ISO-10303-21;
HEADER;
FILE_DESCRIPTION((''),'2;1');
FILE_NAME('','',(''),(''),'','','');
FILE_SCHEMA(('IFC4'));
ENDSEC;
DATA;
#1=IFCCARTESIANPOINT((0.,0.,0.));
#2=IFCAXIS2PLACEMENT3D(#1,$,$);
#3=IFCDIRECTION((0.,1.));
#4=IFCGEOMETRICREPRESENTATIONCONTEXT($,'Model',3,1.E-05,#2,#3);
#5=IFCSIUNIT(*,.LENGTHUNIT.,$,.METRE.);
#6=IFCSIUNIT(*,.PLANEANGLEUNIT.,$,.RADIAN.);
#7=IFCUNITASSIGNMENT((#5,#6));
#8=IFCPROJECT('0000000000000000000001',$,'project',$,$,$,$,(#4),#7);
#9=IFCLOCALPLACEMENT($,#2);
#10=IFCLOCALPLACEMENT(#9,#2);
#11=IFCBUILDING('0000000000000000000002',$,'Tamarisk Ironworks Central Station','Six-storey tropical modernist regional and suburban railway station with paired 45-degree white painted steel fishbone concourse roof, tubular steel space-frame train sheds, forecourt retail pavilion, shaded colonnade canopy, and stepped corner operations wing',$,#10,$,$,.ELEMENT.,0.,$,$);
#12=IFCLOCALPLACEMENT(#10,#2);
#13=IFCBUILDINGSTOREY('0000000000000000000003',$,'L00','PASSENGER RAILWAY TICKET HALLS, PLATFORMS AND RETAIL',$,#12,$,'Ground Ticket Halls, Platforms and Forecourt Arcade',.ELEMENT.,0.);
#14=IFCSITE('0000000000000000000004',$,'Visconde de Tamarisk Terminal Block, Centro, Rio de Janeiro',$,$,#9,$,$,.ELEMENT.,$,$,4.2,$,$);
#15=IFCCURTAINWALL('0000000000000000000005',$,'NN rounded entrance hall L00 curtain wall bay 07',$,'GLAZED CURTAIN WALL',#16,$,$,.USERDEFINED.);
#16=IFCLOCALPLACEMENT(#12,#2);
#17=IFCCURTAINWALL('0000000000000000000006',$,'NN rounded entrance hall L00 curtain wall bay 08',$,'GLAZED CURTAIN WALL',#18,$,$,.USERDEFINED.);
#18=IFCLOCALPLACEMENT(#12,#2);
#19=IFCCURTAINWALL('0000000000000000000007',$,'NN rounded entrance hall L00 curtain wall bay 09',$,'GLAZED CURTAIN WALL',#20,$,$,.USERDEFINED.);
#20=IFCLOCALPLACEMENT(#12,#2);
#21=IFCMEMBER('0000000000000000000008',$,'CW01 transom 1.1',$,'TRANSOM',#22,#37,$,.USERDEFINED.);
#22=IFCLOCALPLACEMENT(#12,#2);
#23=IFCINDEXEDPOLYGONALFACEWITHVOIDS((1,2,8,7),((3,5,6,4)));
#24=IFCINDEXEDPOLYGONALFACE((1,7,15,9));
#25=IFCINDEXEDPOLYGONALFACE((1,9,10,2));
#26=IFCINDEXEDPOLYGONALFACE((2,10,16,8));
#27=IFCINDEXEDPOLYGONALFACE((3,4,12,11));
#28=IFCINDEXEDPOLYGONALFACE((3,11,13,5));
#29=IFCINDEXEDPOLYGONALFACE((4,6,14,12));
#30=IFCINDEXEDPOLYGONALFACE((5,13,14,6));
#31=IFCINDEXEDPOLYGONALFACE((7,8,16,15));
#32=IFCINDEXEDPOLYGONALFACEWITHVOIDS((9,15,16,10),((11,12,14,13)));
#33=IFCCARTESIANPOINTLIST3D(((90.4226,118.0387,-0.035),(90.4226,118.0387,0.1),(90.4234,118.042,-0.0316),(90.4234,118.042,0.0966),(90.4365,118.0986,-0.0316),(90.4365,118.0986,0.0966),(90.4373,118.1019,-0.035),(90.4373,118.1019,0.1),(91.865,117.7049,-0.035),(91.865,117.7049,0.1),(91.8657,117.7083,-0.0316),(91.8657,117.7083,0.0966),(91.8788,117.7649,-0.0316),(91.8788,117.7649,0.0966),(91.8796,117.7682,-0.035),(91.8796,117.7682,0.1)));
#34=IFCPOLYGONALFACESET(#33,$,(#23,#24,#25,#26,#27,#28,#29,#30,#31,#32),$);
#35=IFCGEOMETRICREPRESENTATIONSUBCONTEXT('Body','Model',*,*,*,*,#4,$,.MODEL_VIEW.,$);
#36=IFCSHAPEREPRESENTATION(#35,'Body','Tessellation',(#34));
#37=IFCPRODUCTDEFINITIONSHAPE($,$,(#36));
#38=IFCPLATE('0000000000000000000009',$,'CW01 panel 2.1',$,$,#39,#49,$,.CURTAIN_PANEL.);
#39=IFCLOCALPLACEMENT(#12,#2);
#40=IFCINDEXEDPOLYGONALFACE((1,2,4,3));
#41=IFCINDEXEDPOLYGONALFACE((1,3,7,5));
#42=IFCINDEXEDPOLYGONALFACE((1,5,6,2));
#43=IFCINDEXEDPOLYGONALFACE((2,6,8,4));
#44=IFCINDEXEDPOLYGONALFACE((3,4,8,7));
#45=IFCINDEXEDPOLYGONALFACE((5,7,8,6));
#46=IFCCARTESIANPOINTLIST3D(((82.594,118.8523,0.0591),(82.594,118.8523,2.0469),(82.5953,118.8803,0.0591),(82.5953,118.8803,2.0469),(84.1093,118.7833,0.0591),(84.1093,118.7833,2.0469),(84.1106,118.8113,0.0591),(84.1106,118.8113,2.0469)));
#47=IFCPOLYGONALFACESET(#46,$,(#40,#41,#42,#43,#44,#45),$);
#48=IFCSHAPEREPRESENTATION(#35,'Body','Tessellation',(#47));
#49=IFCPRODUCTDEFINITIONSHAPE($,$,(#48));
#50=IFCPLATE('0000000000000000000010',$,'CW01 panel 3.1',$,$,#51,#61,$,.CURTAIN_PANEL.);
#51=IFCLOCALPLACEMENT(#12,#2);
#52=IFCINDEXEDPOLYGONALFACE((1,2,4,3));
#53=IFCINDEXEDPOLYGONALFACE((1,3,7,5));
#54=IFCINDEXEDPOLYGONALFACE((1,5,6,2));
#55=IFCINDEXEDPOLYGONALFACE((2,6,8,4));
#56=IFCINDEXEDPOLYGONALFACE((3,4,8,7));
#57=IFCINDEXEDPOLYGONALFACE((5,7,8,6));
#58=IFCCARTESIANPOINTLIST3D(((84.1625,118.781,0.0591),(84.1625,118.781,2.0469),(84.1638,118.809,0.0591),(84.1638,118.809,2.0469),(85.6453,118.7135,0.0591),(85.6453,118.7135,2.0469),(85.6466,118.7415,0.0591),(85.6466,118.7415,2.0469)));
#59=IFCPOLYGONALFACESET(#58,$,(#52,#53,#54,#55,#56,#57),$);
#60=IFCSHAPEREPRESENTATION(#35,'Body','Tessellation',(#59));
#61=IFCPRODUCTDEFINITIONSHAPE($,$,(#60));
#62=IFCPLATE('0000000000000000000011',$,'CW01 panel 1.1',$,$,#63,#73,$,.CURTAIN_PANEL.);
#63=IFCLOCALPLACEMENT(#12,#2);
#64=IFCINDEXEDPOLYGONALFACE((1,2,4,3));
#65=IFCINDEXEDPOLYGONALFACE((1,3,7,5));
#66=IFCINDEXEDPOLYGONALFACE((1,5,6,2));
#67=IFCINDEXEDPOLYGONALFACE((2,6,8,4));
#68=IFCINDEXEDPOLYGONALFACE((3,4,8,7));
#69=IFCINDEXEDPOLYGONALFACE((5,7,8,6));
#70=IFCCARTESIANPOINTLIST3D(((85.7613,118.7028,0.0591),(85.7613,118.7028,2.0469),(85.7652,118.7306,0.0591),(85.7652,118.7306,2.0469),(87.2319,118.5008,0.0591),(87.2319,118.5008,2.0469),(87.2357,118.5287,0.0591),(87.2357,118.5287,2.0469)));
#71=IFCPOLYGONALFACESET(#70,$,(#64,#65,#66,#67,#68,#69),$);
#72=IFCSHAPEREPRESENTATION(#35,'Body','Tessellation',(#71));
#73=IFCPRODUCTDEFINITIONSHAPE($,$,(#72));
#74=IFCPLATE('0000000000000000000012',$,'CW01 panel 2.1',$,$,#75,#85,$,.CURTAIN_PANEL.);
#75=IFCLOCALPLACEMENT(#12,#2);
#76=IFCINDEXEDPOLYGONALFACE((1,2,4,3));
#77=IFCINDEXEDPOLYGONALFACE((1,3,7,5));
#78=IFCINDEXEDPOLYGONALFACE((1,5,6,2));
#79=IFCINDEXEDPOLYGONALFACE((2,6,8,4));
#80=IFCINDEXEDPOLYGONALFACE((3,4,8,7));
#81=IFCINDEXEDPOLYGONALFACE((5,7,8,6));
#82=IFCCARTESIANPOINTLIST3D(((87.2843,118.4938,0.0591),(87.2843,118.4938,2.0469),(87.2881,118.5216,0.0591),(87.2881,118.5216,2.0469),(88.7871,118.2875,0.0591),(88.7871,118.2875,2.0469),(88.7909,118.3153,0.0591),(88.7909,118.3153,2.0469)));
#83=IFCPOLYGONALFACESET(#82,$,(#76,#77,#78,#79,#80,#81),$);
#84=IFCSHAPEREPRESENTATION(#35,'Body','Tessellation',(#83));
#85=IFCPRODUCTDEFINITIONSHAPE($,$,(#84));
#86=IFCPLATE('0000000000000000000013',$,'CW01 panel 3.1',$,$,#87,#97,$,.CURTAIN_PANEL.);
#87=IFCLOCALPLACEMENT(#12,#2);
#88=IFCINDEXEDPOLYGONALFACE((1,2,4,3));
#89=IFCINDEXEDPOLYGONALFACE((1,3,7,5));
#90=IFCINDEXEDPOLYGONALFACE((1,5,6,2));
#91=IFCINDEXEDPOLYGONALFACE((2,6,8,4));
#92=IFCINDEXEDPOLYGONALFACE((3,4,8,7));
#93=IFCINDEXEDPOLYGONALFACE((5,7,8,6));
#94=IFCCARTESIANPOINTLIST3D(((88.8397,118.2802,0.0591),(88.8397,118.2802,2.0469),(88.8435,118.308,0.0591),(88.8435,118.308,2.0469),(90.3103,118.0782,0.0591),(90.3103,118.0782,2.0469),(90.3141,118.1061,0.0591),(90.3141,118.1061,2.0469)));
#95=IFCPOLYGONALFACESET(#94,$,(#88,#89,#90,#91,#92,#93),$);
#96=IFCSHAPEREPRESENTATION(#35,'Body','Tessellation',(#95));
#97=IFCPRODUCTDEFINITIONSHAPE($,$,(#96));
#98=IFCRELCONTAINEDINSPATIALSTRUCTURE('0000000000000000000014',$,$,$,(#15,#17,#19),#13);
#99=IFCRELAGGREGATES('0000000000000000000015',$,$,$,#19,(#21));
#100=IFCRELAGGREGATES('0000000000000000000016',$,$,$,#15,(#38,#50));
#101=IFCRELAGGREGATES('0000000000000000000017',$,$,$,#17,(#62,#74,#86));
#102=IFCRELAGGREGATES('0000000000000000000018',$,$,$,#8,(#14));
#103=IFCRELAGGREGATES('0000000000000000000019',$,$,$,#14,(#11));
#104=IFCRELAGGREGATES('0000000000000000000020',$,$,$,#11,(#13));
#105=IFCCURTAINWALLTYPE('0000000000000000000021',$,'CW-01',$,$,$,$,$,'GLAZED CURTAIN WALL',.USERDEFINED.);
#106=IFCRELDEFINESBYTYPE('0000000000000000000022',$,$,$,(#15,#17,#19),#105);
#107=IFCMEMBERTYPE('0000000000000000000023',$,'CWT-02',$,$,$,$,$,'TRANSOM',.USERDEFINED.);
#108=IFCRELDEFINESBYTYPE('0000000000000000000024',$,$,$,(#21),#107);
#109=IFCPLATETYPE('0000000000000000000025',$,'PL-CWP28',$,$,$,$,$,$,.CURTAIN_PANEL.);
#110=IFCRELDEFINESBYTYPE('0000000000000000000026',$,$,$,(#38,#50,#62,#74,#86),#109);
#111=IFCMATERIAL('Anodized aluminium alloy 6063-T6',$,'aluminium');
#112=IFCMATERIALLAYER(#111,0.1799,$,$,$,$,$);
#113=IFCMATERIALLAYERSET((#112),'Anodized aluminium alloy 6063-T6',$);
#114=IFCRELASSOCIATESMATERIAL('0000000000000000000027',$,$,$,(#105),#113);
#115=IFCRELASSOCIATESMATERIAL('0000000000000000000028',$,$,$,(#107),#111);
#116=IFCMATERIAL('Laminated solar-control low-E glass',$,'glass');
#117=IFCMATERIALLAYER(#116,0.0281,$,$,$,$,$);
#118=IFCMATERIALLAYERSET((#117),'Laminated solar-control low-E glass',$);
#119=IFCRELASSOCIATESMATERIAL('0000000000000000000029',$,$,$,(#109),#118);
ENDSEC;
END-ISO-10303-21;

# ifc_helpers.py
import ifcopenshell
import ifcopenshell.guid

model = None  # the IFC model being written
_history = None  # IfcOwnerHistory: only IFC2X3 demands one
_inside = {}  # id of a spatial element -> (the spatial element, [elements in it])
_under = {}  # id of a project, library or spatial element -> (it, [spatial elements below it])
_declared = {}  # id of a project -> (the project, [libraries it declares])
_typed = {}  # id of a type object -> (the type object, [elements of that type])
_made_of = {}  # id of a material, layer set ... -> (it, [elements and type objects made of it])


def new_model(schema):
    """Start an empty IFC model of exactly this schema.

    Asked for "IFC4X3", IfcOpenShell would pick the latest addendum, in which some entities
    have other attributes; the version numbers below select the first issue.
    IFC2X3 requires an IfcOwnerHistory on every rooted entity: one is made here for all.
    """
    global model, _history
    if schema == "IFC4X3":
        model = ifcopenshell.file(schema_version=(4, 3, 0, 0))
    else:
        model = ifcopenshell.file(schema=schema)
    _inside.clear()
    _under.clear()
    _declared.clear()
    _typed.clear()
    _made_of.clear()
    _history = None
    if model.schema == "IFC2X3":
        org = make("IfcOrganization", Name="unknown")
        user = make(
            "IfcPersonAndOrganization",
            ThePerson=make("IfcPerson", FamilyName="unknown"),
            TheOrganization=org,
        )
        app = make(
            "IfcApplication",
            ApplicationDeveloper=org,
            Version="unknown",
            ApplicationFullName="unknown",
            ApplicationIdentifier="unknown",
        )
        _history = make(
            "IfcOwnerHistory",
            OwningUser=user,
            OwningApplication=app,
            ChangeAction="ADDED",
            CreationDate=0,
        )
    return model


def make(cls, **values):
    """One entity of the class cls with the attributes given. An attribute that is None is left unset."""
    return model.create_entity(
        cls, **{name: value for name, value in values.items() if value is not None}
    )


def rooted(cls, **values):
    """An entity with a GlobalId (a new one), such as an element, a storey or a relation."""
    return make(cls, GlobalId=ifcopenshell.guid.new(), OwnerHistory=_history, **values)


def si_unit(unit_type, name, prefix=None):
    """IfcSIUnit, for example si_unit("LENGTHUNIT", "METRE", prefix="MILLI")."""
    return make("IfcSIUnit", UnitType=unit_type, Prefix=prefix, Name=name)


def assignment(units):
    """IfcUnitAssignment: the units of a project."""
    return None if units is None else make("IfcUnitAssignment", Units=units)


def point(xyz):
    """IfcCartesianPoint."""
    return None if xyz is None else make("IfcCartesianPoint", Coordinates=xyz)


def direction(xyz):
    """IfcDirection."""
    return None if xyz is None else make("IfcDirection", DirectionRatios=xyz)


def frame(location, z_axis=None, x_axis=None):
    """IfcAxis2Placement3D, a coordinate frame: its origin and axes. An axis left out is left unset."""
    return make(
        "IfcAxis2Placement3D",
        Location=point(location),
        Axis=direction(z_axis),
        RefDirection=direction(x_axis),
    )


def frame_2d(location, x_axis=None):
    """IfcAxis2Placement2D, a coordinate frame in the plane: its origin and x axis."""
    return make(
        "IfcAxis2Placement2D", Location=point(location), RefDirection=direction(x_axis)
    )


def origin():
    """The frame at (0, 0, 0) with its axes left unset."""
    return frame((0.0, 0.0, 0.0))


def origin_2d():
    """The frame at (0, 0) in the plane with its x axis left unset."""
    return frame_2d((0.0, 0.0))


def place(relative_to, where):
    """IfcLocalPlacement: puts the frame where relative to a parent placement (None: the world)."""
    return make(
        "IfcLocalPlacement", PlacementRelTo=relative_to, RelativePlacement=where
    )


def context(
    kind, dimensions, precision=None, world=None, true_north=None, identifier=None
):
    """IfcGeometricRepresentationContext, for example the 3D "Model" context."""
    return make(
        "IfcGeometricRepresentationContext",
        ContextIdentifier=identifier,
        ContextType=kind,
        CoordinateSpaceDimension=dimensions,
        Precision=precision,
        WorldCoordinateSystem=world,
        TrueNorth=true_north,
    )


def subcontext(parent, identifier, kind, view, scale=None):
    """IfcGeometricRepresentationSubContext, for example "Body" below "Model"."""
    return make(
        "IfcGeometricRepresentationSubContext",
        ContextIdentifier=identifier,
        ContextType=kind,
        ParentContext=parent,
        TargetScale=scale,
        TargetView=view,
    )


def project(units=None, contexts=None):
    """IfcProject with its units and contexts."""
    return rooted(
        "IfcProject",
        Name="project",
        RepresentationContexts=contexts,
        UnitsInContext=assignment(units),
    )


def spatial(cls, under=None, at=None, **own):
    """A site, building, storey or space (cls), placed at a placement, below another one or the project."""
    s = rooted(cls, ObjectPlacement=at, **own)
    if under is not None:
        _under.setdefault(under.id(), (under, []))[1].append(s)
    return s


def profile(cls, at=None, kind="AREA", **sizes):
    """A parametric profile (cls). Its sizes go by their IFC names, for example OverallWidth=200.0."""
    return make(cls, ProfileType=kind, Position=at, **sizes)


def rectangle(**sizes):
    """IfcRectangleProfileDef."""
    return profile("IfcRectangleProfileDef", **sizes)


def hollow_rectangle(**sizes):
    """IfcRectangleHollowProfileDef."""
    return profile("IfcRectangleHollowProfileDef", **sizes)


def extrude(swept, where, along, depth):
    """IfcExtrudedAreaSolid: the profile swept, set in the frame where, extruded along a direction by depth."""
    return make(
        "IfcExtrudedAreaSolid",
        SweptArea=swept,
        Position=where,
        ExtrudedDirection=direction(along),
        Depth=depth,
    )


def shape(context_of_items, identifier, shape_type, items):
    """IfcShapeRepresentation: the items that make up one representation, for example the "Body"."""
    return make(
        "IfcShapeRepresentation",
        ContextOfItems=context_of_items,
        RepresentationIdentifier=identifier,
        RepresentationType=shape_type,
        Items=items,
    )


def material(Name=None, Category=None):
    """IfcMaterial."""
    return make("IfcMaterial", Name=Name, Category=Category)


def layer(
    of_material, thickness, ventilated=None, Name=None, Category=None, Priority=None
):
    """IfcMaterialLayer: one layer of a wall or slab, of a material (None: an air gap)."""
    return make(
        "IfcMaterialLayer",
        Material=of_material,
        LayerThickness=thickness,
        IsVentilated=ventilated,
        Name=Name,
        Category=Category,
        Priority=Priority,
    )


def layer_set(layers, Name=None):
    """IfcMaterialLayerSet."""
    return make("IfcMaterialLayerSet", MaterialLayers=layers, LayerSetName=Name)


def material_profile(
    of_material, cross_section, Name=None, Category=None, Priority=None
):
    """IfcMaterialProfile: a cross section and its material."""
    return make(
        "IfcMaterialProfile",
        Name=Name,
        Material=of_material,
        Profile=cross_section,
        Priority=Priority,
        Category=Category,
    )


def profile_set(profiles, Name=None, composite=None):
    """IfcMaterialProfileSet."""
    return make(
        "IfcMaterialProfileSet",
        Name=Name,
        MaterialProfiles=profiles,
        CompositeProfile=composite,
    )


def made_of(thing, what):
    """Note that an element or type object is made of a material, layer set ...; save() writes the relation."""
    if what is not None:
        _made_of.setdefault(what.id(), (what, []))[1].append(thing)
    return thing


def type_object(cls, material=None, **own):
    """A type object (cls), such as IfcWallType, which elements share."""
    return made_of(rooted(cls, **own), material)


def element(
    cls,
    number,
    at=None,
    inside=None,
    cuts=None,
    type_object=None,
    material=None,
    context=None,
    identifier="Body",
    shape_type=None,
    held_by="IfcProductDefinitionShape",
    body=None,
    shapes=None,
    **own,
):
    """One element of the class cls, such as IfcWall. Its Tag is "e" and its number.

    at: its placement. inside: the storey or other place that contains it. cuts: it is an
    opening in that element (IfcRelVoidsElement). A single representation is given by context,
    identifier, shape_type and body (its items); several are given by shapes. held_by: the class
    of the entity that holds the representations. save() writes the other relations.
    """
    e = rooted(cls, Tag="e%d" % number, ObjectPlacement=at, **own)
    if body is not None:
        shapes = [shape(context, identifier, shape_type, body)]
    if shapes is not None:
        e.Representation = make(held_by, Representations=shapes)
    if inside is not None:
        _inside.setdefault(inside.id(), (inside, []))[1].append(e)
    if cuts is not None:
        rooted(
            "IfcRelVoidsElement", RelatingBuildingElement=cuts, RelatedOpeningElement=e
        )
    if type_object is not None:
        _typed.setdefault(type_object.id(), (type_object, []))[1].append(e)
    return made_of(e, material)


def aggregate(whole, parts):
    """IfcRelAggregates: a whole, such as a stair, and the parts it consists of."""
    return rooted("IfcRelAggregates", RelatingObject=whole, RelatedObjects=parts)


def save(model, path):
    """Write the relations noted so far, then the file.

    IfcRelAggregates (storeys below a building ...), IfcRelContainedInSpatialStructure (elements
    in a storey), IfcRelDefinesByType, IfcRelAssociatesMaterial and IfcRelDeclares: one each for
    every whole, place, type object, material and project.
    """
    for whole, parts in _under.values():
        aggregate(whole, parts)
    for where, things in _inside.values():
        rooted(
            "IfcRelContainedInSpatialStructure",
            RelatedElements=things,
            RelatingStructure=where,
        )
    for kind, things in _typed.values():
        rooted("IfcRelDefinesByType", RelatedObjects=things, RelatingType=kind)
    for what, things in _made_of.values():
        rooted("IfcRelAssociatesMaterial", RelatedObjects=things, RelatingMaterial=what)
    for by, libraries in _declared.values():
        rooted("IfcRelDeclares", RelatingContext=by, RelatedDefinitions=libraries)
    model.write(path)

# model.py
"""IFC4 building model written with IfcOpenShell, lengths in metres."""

from ifc_helpers import new_model, si_unit, direction, frame, origin, origin_2d, place, context, subcontext, project, spatial, rectangle, hollow_rectangle, extrude, material, layer, layer_set, material_profile, profile_set, type_object, element, aggregate, save


model = new_model("IFC4")

# Units and contexts
model_context = context("Model", 3, precision=1e-05, world=origin(), true_north=direction((0.0, 1.0)))
body_context = subcontext(model_context, "Body", "Model", "MODEL_VIEW")
ifc_project = project(units=[si_unit("LENGTHUNIT", "METRE"), si_unit("PLANEANGLEUNIT", "RADIAN")], contexts=[model_context])

# Site, building, storey
site_placement = place(None, origin())
site = spatial("IfcSite", under=ifc_project, at=site_placement, Name="Visconde de Tamarisk Terminal Block, Centro, Rio de Janeiro", CompositionType="ELEMENT", RefElevation=4.2)
building_placement = place(site_placement, origin())
building = spatial("IfcBuilding", under=site, at=building_placement, Name="Tamarisk Ironworks Central Station", Description="Six-storey tropical modernist regional and suburban railway station with paired 45-degree white painted steel fishbone concourse roof, tubular steel space-frame train sheds, forecourt retail pavilion, shaded colonnade canopy, and stepped corner operations wing", CompositionType="ELEMENT", ElevationOfRefHeight=0.0)
storey_placement = place(building_placement, origin())
storey = spatial("IfcBuildingStorey", under=building, at=storey_placement, Name="L00", Description="PASSENGER RAILWAY TICKET HALLS, PLATFORMS AND RETAIL", LongName="Ground Ticket Halls, Platforms and Forecourt Arcade", CompositionType="ELEMENT", Elevation=0.0)

# Curtain walls
ifc_material_1 = material(Name="Anodized aluminium alloy 6063-T6", Category="aluminium")
ifc_layer_1 = layer(ifc_material_1, 0.1799)
ifc_layer_set_1 = layer_set([ifc_layer_1], Name="Anodized aluminium alloy 6063-T6")
curtain_wall_type = type_object("IfcCurtainWallType", Name="CW-01", ElementType="GLAZED CURTAIN WALL", PredefinedType="USERDEFINED", material=ifc_layer_set_1)
curtain_wall_1_placement = place(storey_placement, origin())
curtain_wall_1 = element("IfcCurtainWall", 1, at=curtain_wall_1_placement, inside=storey, type_object=curtain_wall_type, Name="NN rounded entrance hall L00 curtain wall bay 07", ObjectType="GLAZED CURTAIN WALL", PredefinedType="USERDEFINED")
curtain_wall_2_placement = place(storey_placement, origin())
curtain_wall_2 = element("IfcCurtainWall", 2, at=curtain_wall_2_placement, inside=storey, type_object=curtain_wall_type, Name="NN rounded entrance hall L00 curtain wall bay 08", ObjectType="GLAZED CURTAIN WALL", PredefinedType="USERDEFINED")

# Curtain wall
curtain_wall_3_placement = place(storey_placement, origin())
curtain_wall_3 = element("IfcCurtainWall", 3, at=curtain_wall_3_placement, inside=storey, type_object=curtain_wall_type, Name="NN rounded entrance hall L00 curtain wall bay 09", ObjectType="GLAZED CURTAIN WALL", PredefinedType="USERDEFINED")

# Member
ifc_material_profile_1 = material_profile(ifc_material_1, hollow_rectangle(XDim=0.0649, YDim=0.135, WallThickness=0.0034, at=origin_2d()), Name="ALUM 135x65")
ifc_profile_set_1 = profile_set([ifc_material_profile_1], Name="Anodized aluminium alloy 6063-T6")
member_type_1 = type_object("IfcMemberType", Name="CWT-02", ElementType="TRANSOM", PredefinedType="USERDEFINED", material=ifc_profile_set_1)
member_1_placement = place(storey_placement, frame((90.4299, 118.0703, 0.0325), z_axis=(0.97426, -0.225426, 0.0), x_axis=(0.225426, 0.97426, 0.0)))
member_1 = element("IfcMember", 4, at=member_1_placement, type_object=member_type_1, Name="CW01 transom 1.1", ObjectType="TRANSOM", PredefinedType="USERDEFINED", context=body_context, shape_type="SweptSolid", body=[
    extrude(hollow_rectangle(XDim=0.0649, YDim=0.135, WallThickness=0.0034, at=origin_2d()), origin(), (0.0, 0.0, 1.0), 1.4805),
])
aggregate(curtain_wall_3, [member_1])

# Plates
ifc_material_2 = material(Name="Laminated solar-control low-E glass", Category="glass")
ifc_layer_2 = layer(ifc_material_2, 0.0281)
ifc_layer_set_2 = layer_set([ifc_layer_2], Name="Laminated solar-control low-E glass")
plate_type = type_object("IfcPlateType", Name="PL-CWP28", PredefinedType="CURTAIN_PANEL", material=ifc_layer_set_2)
plate_1_placement = place(storey_placement, frame((83.3523, 118.8318, 0.0591), z_axis=(0.0, 0.0, 1.0), x_axis=(0.998965, -0.045481, 0.0)))
plate_1 = element("IfcPlate", 5, at=plate_1_placement, type_object=plate_type, Name="CW01 panel 2.1", PredefinedType="CURTAIN_PANEL", context=body_context, shape_type="SweptSolid", body=[
    extrude(rectangle(XDim=1.5168, YDim=0.0281, at=origin_2d()), origin(), (0.0, 0.0, 1.0), 1.9878),
])
plate_2_placement = place(storey_placement, frame((84.9045, 118.7612, 0.0591), z_axis=(0.0, 0.0, 1.0), x_axis=(0.998965, -0.045481, 0.0)))
plate_2 = element("IfcPlate", 6, at=plate_2_placement, type_object=plate_type, Name="CW01 panel 3.1", PredefinedType="CURTAIN_PANEL", context=body_context, shape_type="SweptSolid", body=[
    extrude(rectangle(XDim=1.4844, YDim=0.0281, at=origin_2d()), origin(), (0.0, 0.0, 1.0), 1.9878),
])
aggregate(curtain_wall_1, [plate_1, plate_2])
plate_3_placement = place(storey_placement, frame((86.4985, 118.6157, 0.0591), z_axis=(0.0, 0.0, 1.0), x_axis=(0.990703, -0.136042, 0.0)))
plate_3 = element("IfcPlate", 7, at=plate_3_placement, type_object=plate_type, Name="CW01 panel 1.1", PredefinedType="CURTAIN_PANEL", context=body_context, shape_type="SweptSolid", body=[
    extrude(rectangle(XDim=1.4844, YDim=0.0281, at=origin_2d()), origin(), (0.0, 0.0, 1.0), 1.9878),
])
plate_4_placement = place(storey_placement, frame((88.0376, 118.4045, 0.0591), z_axis=(0.0, 0.0, 1.0), x_axis=(0.990703, -0.136042, 0.0)))
plate_4 = element("IfcPlate", 8, at=plate_4_placement, type_object=plate_type, Name="CW01 panel 2.1", PredefinedType="CURTAIN_PANEL", context=body_context, shape_type="SweptSolid", body=[
    extrude(rectangle(XDim=1.5168, YDim=0.0281, at=origin_2d()), origin(), (0.0, 0.0, 1.0), 1.9878),
])
plate_5_placement = place(storey_placement, frame((89.5769, 118.1931, 0.0591), z_axis=(0.0, 0.0, 1.0), x_axis=(0.990703, -0.136042, 0.0)))
plate_5 = element("IfcPlate", 9, at=plate_5_placement, type_object=plate_type, Name="CW01 panel 3.1", PredefinedType="CURTAIN_PANEL", context=body_context, shape_type="SweptSolid", body=[
    extrude(rectangle(XDim=1.4844, YDim=0.0281, at=origin_2d()), origin(), (0.0, 0.0, 1.0), 1.9878),
])
aggregate(curtain_wall_2, [plate_3, plate_4, plate_5])

save(model, "model.ifc")
